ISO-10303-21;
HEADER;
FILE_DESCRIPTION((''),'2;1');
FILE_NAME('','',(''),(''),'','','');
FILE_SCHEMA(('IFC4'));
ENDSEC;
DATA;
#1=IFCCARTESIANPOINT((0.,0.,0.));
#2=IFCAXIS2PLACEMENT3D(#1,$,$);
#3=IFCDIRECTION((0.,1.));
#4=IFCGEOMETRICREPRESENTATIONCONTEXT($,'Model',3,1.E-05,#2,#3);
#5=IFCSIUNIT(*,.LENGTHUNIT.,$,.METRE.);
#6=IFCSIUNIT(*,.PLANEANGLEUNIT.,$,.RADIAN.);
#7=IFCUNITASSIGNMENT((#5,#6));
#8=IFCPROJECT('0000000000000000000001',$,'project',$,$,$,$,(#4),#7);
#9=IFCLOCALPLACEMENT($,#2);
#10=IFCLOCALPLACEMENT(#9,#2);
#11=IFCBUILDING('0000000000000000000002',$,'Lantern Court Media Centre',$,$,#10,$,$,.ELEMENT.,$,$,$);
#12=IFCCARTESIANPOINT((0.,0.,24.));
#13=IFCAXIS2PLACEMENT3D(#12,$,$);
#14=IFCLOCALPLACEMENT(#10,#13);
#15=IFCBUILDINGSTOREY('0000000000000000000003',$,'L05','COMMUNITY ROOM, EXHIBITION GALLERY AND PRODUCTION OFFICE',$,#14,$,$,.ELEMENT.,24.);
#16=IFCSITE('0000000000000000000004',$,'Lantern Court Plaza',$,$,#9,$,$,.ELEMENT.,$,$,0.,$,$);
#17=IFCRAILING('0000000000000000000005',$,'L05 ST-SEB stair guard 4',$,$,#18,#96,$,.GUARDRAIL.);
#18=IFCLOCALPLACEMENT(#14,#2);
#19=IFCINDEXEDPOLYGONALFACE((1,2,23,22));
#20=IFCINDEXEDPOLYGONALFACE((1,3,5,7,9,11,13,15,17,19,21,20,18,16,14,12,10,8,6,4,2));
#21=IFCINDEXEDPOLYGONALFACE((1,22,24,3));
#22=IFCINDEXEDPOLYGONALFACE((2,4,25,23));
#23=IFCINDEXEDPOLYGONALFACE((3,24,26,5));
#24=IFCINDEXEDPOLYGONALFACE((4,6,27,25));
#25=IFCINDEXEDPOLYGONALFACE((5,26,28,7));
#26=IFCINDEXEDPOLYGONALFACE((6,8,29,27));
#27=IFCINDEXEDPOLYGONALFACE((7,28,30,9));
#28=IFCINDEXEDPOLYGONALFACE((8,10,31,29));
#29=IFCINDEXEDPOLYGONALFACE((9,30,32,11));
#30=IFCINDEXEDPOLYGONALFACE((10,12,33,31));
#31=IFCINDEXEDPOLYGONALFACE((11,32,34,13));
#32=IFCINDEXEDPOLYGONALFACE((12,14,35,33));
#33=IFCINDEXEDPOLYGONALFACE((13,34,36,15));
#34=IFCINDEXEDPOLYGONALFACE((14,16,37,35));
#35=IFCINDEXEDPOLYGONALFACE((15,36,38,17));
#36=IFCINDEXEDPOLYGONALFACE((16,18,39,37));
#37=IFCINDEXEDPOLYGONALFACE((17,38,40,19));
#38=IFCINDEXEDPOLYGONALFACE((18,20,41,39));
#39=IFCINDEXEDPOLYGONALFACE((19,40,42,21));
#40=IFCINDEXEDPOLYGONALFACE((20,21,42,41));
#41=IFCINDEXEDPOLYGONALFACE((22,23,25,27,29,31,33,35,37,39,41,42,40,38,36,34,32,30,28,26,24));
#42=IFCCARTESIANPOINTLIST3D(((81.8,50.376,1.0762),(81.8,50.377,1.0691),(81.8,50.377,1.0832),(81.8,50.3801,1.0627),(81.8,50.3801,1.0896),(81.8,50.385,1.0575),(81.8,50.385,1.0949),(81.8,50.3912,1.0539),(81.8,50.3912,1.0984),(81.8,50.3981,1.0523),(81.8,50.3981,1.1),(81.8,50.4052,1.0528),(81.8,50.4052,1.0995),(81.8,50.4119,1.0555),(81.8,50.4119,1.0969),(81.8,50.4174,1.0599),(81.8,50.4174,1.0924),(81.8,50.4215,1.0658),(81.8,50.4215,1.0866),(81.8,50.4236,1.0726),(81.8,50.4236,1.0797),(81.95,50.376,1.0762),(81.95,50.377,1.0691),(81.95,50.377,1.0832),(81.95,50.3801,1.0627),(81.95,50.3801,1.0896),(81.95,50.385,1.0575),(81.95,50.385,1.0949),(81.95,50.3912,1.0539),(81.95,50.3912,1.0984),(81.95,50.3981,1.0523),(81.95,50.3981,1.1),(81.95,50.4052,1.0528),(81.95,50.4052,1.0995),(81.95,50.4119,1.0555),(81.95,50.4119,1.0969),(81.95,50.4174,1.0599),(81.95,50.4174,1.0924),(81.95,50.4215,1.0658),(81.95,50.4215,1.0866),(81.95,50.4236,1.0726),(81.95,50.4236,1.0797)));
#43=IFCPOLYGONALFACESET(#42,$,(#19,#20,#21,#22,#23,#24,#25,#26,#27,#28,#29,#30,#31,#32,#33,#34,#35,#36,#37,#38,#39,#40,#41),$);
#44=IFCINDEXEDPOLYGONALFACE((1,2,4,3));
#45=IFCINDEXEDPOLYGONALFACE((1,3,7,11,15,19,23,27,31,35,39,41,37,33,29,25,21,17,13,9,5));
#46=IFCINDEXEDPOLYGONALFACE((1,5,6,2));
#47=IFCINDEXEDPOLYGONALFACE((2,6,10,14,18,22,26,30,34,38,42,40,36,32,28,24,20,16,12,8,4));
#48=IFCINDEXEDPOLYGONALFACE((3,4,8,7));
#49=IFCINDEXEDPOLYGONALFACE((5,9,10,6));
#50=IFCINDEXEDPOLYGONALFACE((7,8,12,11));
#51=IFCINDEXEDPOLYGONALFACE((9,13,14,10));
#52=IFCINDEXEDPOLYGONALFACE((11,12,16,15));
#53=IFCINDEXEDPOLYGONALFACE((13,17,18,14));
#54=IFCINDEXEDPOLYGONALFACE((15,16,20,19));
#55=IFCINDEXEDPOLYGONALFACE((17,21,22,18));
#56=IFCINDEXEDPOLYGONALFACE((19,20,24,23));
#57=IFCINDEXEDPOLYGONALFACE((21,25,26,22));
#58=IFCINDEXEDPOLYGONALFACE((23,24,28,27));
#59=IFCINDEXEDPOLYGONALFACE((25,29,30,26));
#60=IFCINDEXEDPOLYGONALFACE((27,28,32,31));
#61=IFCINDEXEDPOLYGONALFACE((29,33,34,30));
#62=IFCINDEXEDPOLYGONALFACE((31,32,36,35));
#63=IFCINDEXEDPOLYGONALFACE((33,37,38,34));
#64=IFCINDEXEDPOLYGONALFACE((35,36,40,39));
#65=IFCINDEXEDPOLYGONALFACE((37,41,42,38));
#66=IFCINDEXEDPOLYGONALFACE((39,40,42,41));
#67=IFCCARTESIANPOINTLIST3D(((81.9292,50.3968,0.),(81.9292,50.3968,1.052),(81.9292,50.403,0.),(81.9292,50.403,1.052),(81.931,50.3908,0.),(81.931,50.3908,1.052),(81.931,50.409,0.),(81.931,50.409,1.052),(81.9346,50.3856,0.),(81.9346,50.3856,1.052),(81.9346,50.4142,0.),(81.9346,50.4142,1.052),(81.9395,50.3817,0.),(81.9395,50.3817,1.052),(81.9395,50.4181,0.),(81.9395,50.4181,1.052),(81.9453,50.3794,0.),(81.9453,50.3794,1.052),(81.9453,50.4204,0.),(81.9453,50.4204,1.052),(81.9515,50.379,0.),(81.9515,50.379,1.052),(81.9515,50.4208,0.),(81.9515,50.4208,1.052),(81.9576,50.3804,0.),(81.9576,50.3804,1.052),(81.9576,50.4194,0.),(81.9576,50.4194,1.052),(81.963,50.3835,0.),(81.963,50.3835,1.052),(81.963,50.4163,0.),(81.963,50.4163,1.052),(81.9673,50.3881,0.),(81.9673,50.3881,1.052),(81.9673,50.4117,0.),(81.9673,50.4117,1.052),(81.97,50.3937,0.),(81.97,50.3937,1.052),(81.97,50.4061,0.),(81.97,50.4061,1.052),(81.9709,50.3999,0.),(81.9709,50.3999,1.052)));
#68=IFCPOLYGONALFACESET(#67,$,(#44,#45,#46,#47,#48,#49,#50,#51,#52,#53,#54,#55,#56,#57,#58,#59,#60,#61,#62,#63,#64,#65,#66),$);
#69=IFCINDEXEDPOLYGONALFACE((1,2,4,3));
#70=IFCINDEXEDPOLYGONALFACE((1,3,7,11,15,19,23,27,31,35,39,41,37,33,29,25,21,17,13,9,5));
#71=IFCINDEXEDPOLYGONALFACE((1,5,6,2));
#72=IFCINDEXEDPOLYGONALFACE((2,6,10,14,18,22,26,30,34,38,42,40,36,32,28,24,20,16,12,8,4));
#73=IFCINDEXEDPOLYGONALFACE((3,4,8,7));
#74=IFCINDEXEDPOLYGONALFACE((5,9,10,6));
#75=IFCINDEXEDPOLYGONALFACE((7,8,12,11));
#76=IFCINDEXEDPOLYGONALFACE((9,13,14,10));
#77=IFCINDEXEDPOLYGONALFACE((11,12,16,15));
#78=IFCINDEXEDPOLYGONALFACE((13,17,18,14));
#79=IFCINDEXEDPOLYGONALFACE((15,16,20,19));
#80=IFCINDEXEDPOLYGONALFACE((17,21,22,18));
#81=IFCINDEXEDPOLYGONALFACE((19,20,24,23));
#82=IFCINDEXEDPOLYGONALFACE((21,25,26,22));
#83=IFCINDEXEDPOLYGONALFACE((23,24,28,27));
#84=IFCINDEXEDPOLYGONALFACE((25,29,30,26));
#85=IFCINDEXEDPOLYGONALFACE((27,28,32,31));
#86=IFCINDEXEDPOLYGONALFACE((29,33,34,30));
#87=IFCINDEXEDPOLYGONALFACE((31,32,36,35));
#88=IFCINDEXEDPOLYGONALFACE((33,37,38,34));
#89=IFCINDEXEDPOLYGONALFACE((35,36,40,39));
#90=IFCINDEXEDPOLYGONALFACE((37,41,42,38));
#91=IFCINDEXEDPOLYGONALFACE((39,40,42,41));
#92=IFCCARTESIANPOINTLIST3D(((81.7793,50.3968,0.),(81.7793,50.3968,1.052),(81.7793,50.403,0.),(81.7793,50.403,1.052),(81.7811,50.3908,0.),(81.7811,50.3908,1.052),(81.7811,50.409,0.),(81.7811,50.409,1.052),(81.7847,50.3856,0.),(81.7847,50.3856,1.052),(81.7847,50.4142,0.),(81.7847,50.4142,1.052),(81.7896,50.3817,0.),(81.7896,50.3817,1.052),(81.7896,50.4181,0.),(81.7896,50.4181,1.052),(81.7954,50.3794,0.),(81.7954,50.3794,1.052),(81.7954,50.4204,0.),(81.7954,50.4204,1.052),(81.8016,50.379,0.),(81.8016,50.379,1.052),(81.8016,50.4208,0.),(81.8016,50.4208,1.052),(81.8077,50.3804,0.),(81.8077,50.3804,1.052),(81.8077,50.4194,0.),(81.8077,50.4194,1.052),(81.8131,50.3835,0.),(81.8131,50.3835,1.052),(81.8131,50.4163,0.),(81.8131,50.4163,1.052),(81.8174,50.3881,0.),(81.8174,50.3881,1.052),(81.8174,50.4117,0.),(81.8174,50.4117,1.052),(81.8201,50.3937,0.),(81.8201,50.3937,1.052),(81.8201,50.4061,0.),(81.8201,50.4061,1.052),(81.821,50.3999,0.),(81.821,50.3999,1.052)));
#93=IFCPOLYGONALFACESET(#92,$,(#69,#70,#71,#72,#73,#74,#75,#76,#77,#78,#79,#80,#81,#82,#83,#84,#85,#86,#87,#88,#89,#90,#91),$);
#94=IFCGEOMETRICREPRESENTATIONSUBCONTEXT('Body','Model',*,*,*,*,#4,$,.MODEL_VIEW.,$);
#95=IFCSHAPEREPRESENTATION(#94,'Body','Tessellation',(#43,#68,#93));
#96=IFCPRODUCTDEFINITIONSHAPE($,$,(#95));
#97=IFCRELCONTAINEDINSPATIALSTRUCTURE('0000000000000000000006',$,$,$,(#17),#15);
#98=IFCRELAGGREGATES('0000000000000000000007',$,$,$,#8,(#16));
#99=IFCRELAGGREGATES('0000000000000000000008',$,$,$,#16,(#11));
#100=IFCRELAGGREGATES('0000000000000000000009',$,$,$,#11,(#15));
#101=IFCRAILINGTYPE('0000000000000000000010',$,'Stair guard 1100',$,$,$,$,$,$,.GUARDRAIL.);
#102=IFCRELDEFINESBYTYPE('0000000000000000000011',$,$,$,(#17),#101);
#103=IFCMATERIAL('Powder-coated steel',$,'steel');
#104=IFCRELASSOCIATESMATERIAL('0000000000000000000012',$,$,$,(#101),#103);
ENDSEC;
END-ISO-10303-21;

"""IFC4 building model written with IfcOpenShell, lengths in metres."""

from ifc_helpers import new_model, si_unit, direction, frame, origin, origin_2d, place, context, subcontext, project, spatial, circle, extrude, material, type_object, element, save


model = new_model("IFC4")

# Units and contexts
model_context = context("Model", 3, precision=1e-05, world=origin(), true_north=direction((0.0, 1.0)))
body_context = subcontext(model_context, "Body", "Model", "MODEL_VIEW")
ifc_project = project(units=[si_unit("LENGTHUNIT", "METRE"), si_unit("PLANEANGLEUNIT", "RADIAN")], contexts=[model_context])

# Site, building, storey
site_placement = place(None, origin())
site = spatial("IfcSite", under=ifc_project, at=site_placement, Name="Lantern Court Plaza", CompositionType="ELEMENT", RefElevation=0.0)
building_placement = place(site_placement, origin())
building = spatial("IfcBuilding", under=site, at=building_placement, Name="Lantern Court Media Centre", CompositionType="ELEMENT")
storey_placement = place(building_placement, frame((0.0, 0.0, 24.0)))
storey = spatial("IfcBuildingStorey", under=building, at=storey_placement, Name="L05", Description="COMMUNITY ROOM, EXHIBITION GALLERY AND PRODUCTION OFFICE", CompositionType="ELEMENT", Elevation=24.0)

# Shared definitions
ifc_material_1 = material(Name="Powder-coated steel", Category="steel")

# Railing
railing_type_1 = type_object("IfcRailingType", Name="Stair guard 1100", PredefinedType="GUARDRAIL", material=ifc_material_1)
railing_1_placement = place(storey_placement, frame((81.95, 50.3999, 0.0)))
element("IfcRailing", 1, at=railing_1_placement, inside=storey, type_object=railing_type_1, Name="L05 ST-SEB stair guard 4", PredefinedType="GUARDRAIL", context=body_context, shape_type="SweptSolid", body=[
    extrude(circle(Radius=0.0239, at=origin_2d()), frame((0.0, 0.0, 1.0762), z_axis=(-1.0, 0.0, 0.0), x_axis=(0.0, -1.0, 0.0)), (0.0, 0.0, 1.0), 0.1499),
    extrude(circle(Radius=0.021, at=origin_2d()), origin(), (0.0, 0.0, 1.0), 1.052),
    extrude(circle(Radius=0.021, at=origin_2d()), frame((-0.1499, 0.0, 0.0)), (0.0, 0.0, 1.0), 1.052),
])

save(model, "model.ifc")
